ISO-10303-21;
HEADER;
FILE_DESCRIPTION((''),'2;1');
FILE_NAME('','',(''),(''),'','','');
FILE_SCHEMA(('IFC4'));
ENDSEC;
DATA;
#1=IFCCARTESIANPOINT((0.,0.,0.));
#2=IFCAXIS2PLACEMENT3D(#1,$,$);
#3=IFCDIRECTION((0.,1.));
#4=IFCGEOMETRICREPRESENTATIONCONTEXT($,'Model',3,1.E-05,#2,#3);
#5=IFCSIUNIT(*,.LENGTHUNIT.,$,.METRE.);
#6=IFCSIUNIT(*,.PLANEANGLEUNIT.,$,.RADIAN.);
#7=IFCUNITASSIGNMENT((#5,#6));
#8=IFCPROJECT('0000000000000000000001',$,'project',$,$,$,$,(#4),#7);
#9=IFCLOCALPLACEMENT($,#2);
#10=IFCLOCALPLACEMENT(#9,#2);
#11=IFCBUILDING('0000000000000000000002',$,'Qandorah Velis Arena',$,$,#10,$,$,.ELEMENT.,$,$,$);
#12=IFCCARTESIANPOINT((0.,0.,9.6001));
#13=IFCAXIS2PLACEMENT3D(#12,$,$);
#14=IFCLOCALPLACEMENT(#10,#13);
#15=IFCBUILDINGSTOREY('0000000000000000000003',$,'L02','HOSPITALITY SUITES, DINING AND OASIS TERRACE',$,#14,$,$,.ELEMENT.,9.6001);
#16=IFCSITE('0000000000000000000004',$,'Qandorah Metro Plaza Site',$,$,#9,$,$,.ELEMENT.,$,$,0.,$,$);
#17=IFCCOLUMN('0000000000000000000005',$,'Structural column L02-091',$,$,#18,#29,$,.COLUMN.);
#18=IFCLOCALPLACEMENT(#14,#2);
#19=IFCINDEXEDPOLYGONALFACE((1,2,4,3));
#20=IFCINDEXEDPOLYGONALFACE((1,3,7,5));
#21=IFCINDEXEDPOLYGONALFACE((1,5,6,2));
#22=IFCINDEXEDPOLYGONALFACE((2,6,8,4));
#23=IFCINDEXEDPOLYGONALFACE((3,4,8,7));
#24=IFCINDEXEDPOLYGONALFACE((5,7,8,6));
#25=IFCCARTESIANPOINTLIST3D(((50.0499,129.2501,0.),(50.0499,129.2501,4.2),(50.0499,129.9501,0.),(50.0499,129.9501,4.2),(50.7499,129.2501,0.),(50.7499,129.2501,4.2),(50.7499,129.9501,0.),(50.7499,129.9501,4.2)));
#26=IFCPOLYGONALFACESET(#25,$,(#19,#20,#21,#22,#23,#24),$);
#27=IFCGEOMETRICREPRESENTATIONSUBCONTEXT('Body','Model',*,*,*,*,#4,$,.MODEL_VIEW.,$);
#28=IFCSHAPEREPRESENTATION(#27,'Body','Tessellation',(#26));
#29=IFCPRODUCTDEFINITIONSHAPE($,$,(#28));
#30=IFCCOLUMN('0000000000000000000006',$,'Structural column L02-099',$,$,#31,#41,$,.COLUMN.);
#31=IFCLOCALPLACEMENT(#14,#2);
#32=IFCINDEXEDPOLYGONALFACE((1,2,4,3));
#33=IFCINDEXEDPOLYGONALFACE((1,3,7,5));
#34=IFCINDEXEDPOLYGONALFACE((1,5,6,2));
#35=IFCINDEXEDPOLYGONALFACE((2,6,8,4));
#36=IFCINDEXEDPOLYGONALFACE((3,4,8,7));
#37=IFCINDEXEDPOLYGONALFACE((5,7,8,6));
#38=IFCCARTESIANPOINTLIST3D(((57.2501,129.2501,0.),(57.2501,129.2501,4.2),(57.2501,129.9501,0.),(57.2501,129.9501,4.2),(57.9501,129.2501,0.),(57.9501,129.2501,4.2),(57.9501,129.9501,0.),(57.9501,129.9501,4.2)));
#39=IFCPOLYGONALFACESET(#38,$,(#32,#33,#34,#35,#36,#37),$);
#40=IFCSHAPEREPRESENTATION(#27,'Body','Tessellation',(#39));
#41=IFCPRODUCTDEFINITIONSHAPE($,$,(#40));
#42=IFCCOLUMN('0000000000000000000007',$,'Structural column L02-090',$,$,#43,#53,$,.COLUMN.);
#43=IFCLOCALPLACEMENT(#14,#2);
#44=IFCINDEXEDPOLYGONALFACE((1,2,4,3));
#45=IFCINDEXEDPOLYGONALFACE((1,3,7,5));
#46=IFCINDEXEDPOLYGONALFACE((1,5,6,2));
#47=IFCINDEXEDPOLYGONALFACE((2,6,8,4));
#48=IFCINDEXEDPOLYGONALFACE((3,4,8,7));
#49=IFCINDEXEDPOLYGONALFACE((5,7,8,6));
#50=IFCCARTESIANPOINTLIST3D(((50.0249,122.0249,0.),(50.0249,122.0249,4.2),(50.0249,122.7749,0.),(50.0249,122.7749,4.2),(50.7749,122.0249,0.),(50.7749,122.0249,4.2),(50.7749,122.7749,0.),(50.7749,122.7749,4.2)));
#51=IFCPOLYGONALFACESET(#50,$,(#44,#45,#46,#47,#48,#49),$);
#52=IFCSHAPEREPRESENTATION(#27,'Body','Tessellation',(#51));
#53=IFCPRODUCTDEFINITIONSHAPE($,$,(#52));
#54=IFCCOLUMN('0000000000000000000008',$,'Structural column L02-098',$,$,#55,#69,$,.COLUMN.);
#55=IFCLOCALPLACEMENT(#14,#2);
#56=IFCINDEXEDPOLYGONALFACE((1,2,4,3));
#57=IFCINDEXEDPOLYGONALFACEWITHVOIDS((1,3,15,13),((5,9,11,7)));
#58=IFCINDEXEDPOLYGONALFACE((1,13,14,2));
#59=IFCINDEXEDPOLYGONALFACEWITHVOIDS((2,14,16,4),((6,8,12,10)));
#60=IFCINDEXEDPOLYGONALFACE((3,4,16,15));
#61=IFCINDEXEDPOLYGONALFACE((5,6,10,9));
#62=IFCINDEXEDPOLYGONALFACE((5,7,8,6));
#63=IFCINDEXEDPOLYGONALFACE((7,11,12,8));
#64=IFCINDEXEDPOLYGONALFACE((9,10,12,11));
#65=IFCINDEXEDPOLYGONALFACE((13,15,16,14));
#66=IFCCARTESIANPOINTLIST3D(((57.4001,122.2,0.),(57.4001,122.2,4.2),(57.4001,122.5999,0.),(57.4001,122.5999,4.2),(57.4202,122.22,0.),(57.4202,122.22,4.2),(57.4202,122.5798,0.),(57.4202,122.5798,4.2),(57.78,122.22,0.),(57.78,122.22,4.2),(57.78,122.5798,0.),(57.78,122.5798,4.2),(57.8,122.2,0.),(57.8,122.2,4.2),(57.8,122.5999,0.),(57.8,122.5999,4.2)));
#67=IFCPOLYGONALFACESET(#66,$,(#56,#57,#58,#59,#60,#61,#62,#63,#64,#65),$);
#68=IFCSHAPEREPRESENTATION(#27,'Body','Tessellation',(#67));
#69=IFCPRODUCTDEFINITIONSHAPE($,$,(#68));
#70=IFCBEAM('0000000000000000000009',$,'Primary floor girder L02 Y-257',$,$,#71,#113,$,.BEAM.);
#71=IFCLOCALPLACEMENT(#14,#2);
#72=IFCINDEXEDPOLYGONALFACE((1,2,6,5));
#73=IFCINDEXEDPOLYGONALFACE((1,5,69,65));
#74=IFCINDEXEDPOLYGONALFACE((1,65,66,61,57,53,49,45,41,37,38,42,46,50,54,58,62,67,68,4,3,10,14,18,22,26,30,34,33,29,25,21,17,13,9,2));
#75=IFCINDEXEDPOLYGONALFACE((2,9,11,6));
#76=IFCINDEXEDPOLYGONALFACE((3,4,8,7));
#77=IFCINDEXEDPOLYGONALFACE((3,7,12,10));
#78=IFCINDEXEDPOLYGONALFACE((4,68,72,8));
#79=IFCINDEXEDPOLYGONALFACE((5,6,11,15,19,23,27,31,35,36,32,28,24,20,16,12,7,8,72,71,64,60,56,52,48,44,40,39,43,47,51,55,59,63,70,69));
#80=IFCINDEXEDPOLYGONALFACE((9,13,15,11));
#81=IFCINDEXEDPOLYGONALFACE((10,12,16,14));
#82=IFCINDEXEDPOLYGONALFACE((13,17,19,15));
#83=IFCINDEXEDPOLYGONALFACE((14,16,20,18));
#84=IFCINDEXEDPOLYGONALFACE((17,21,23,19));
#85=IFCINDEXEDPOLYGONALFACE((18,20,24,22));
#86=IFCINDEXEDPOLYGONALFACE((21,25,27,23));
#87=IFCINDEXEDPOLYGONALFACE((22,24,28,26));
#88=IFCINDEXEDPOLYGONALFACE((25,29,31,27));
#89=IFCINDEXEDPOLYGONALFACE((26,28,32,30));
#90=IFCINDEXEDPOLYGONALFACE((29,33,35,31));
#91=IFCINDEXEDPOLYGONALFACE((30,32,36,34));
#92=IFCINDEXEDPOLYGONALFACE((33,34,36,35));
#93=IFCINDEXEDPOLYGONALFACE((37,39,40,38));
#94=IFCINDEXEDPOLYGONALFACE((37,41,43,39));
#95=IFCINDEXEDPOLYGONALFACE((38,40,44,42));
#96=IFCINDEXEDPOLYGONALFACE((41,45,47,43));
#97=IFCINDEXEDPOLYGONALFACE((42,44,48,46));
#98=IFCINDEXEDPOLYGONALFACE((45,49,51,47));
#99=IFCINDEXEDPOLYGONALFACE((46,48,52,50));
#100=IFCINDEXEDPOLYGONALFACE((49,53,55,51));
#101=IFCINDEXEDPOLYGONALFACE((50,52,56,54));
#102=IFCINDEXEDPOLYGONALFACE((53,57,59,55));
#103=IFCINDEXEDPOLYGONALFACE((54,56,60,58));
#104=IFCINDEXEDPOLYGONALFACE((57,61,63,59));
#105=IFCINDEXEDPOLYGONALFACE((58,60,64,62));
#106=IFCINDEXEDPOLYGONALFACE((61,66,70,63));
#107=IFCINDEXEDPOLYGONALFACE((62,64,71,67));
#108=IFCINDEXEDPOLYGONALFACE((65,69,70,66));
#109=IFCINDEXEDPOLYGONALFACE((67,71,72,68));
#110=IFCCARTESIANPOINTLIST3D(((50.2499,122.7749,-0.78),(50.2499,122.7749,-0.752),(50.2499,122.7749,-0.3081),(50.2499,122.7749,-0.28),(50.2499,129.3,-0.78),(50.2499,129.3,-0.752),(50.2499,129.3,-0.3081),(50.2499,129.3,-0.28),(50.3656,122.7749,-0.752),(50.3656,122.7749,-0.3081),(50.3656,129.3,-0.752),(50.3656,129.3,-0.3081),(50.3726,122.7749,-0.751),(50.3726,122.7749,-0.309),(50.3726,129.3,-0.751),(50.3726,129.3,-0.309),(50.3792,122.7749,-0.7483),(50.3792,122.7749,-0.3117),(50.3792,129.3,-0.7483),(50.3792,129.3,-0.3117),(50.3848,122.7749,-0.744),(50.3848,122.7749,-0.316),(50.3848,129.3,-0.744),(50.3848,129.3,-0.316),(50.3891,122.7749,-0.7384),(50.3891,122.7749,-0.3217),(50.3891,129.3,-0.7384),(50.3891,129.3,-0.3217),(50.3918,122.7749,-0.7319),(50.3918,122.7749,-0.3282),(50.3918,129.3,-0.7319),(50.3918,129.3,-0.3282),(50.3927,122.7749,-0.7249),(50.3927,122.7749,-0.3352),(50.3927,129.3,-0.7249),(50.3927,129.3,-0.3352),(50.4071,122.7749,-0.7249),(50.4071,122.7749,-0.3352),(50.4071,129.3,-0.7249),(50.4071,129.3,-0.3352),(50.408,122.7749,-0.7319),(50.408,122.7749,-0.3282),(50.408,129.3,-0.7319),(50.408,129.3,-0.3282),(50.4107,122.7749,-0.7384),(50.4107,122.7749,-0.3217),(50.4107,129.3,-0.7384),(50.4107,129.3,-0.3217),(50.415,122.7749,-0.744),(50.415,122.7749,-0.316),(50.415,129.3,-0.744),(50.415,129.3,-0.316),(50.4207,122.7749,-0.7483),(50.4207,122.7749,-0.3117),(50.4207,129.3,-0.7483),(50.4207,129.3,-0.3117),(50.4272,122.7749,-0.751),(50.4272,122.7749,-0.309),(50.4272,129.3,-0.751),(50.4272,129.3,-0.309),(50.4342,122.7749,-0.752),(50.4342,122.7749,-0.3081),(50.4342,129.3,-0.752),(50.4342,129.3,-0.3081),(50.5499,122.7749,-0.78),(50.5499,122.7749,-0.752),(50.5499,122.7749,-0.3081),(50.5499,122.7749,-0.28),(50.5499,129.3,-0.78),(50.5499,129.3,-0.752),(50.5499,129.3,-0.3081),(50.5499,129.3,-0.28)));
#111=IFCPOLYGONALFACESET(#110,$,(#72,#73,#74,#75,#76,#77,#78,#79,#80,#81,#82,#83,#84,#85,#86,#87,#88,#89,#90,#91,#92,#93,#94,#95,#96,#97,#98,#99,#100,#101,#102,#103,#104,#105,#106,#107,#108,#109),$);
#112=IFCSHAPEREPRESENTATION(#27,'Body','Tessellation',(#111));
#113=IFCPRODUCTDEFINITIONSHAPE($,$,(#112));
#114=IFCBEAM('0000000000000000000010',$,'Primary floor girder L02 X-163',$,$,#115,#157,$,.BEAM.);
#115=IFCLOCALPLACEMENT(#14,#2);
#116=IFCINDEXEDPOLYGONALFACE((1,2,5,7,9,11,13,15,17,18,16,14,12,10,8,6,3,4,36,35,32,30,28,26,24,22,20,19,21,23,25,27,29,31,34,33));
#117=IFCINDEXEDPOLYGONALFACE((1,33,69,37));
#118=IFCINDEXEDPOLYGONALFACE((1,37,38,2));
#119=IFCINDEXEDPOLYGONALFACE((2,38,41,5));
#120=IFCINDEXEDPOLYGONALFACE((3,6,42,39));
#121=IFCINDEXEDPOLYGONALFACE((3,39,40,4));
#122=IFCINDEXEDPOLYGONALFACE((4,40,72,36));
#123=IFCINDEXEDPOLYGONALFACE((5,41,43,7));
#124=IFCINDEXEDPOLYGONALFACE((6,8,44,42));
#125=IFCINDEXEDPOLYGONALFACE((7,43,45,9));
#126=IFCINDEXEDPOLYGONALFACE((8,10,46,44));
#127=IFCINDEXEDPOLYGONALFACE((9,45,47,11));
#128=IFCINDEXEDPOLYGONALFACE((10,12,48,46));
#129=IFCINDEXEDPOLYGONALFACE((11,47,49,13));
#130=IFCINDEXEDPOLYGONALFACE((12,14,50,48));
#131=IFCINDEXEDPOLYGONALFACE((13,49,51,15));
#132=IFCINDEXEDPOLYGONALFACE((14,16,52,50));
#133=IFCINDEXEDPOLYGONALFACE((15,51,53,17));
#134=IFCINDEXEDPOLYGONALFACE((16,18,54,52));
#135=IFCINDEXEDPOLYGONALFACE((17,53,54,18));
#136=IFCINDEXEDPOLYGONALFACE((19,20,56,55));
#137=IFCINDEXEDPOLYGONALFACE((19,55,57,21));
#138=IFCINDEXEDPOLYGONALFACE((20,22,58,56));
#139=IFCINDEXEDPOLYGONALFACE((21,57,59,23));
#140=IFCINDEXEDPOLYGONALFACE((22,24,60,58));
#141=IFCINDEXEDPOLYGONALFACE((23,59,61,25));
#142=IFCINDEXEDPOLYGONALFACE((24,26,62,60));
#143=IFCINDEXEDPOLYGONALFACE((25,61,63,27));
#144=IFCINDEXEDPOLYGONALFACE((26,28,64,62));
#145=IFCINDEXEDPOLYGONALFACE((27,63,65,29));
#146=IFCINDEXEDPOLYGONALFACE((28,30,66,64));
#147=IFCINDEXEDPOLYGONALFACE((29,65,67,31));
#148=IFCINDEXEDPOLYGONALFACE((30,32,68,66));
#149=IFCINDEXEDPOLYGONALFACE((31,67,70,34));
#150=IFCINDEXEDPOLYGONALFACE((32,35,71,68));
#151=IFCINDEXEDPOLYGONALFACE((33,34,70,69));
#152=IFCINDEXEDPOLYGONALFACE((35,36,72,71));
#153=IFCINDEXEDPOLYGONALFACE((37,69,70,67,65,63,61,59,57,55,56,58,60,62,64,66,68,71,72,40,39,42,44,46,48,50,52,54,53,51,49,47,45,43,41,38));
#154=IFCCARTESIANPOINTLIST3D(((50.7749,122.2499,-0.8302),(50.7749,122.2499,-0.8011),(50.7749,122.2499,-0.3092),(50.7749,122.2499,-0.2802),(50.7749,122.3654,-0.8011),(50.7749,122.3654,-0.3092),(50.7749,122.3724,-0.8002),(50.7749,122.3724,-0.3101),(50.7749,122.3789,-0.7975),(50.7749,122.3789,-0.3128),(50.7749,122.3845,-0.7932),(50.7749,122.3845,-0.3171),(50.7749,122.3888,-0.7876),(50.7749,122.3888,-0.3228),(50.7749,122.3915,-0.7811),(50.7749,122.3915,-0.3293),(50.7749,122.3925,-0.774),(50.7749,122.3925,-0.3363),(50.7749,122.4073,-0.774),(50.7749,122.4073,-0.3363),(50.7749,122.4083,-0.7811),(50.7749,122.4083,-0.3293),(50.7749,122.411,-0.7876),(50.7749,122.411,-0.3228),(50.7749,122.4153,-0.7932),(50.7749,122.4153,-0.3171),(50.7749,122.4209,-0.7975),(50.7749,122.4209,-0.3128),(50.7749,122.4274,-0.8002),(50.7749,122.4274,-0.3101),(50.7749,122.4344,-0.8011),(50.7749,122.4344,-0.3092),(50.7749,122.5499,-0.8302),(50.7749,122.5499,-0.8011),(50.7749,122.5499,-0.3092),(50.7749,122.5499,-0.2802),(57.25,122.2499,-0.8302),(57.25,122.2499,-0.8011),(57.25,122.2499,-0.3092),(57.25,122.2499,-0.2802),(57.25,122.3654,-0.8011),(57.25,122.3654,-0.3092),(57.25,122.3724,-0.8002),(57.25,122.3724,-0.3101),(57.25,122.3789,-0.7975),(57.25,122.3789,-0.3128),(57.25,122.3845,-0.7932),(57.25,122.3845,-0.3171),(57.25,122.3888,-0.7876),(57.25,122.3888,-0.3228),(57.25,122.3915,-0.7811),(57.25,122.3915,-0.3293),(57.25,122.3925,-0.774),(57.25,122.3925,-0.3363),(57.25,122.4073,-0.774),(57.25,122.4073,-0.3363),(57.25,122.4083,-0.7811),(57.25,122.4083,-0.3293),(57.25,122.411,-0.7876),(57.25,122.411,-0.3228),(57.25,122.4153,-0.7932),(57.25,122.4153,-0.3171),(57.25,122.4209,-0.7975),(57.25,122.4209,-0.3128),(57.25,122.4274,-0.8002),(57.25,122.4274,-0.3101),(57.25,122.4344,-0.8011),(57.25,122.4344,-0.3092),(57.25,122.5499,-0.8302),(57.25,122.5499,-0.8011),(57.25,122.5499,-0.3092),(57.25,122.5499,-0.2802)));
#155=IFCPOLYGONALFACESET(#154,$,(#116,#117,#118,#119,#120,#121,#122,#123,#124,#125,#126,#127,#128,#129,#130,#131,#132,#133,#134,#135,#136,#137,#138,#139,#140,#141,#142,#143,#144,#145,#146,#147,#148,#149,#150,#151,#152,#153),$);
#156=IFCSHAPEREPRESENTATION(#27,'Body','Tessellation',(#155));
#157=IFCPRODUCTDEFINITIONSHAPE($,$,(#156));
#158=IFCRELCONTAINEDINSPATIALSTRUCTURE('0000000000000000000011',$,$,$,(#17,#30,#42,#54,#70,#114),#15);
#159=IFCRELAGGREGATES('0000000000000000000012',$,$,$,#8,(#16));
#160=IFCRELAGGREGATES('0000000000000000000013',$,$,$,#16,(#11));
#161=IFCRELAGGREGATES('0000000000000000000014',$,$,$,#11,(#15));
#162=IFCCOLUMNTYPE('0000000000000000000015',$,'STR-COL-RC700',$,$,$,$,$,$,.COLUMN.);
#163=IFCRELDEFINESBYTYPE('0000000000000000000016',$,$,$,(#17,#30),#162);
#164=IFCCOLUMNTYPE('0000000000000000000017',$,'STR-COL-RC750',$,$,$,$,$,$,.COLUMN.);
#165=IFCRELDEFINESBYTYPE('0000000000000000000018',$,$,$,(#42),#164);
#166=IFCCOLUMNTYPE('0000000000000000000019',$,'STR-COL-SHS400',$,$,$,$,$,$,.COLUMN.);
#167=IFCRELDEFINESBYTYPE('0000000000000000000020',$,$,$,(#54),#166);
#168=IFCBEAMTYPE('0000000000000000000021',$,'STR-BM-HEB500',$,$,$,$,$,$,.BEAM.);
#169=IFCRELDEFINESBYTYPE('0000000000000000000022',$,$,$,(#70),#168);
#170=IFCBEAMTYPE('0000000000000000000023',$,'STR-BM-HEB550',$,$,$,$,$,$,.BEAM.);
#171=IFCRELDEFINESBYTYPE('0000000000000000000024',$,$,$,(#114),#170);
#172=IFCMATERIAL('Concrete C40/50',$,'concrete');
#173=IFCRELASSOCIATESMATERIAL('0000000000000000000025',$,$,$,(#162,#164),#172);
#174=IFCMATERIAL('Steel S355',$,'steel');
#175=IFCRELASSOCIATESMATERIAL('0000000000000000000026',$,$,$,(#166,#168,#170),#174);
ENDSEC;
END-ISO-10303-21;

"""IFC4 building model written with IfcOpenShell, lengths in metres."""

from ifc_helpers import new_model, si_unit, direction, frame, origin, origin_2d, place, context, subcontext, project, spatial, rectangle, hollow_rectangle, i_section, extrude, material, material_profile, profile_set, type_object, element, save


model = new_model("IFC4")

# Units and contexts
model_context = context("Model", 3, precision=1e-05, world=origin(), true_north=direction((0.0, 1.0)))
body_context = subcontext(model_context, "Body", "Model", "MODEL_VIEW")
ifc_project = project(units=[si_unit("LENGTHUNIT", "METRE"), si_unit("PLANEANGLEUNIT", "RADIAN")], contexts=[model_context])

# Site, building, storey
site_placement = place(None, origin())
site = spatial("IfcSite", under=ifc_project, at=site_placement, Name="Qandorah Metro Plaza Site", CompositionType="ELEMENT", RefElevation=0.0)
building_placement = place(site_placement, origin())
building = spatial("IfcBuilding", under=site, at=building_placement, Name="Qandorah Velis Arena", CompositionType="ELEMENT")
storey_placement = place(building_placement, frame((0.0, 0.0, 9.6001)))
storey = spatial("IfcBuildingStorey", under=building, at=storey_placement, Name="L02", Description="HOSPITALITY SUITES, DINING AND OASIS TERRACE", CompositionType="ELEMENT", Elevation=9.6001)

# Columns
ifc_material_1 = material(Name="Concrete C40/50", Category="concrete")
ifc_material_profile_1 = material_profile(ifc_material_1, rectangle(XDim=0.7, YDim=0.7, at=origin_2d()), Name="RC COL 700x700")
ifc_profile_set_1 = profile_set([ifc_material_profile_1], Name="Concrete C40/50")
column_type_1 = type_object("IfcColumnType", Name="STR-COL-RC700", PredefinedType="COLUMN", material=ifc_profile_set_1)
for number, where, z_axis, x_axis, name in (
    (1, (50.3999, 129.6001, 0.0), (0.0, 0.0, 1.0), (1.0, 0.0, 0.0), "Structural column L02-091"),
    (2, (57.6001, 129.6001, 0.0), (0.0, 0.0, 1.0), (1.0, 0.0, 0.0), "Structural column L02-099"),
):
    element("IfcColumn", number, at=place(storey_placement, frame(where, z_axis=z_axis, x_axis=x_axis)), inside=storey, type_object=column_type_1, Name=name, PredefinedType="COLUMN", context=body_context, shape_type="SweptSolid", body=[
        extrude(rectangle(XDim=0.7, YDim=0.7, at=origin_2d()), origin(), (0.0, 0.0, 1.0), 4.2),
    ])
ifc_material_profile_2 = material_profile(ifc_material_1, rectangle(XDim=0.75, YDim=0.75, at=origin_2d()), Name="RC COL 750x750")
ifc_profile_set_2 = profile_set([ifc_material_profile_2], Name="Concrete C40/50")
column_type_2 = type_object("IfcColumnType", Name="STR-COL-RC750", PredefinedType="COLUMN", material=ifc_profile_set_2)
column_1_placement = place(storey_placement, frame((50.3999, 122.3999, 0.0), z_axis=(0.0, 0.0, 1.0), x_axis=(1.0, 0.0, 0.0)))
element("IfcColumn", 3, at=column_1_placement, inside=storey, type_object=column_type_2, Name="Structural column L02-090", PredefinedType="COLUMN", context=body_context, shape_type="SweptSolid", body=[
    extrude(rectangle(XDim=0.75, YDim=0.75, at=origin_2d()), origin(), (0.0, 0.0, 1.0), 4.2),
])
ifc_material_2 = material(Name="Steel S355", Category="steel")
ifc_material_profile_3 = material_profile(ifc_material_2, hollow_rectangle(XDim=0.3999, YDim=0.3999, WallThickness=0.02, at=origin_2d()), Name="SHS 400x400x20")
ifc_profile_set_3 = profile_set([ifc_material_profile_3], Name="Steel S355")
column_type_3 = type_object("IfcColumnType", Name="STR-COL-SHS400", PredefinedType="COLUMN", material=ifc_profile_set_3)
column_2_placement = place(storey_placement, frame((57.6001, 122.3999, 0.0), z_axis=(0.0, 0.0, 1.0), x_axis=(1.0, 0.0, 0.0)))
element("IfcColumn", 4, at=column_2_placement, inside=storey, type_object=column_type_3, Name="Structural column L02-098", PredefinedType="COLUMN", context=body_context, shape_type="SweptSolid", body=[
    extrude(hollow_rectangle(XDim=0.3999, YDim=0.3999, WallThickness=0.02, at=origin_2d()), origin(), (0.0, 0.0, 1.0), 4.2),
])

# Beams
ifc_material_profile_4 = material_profile(ifc_material_2, i_section(OverallWidth=0.3, OverallDepth=0.5, WebThickness=0.0144, FlangeThickness=0.0281, FilletRadius=0.0271, at=origin_2d()), Name="HEB 500")
ifc_profile_set_4 = profile_set([ifc_material_profile_4], Name="Steel S355")
beam_type_1 = type_object("IfcBeamType", Name="STR-BM-HEB500", PredefinedType="BEAM", material=ifc_profile_set_4)
beam_1_placement = place(storey_placement, frame((50.3999, 122.7749, -0.53), z_axis=(0.0, 1.0, 0.0), x_axis=(-1.0, 0.0, 0.0)))
element("IfcBeam", 5, at=beam_1_placement, inside=storey, type_object=beam_type_1, Name="Primary floor girder L02 Y-257", PredefinedType="BEAM", context=body_context, shape_type="SweptSolid", body=[
    extrude(i_section(OverallWidth=0.3, OverallDepth=0.5, WebThickness=0.0144, FlangeThickness=0.0281, FilletRadius=0.0271, at=origin_2d()), origin(), (0.0, 0.0, 1.0), 6.5251),
])
ifc_material_profile_5 = material_profile(ifc_material_2, i_section(OverallWidth=0.3, OverallDepth=0.55, WebThickness=0.0149, FlangeThickness=0.0291, FilletRadius=0.0271, at=origin_2d()), Name="HEB 550")
ifc_profile_set_5 = profile_set([ifc_material_profile_5], Name="Steel S355")
beam_type_2 = type_object("IfcBeamType", Name="STR-BM-HEB550", PredefinedType="BEAM", material=ifc_profile_set_5)
beam_2_placement = place(storey_placement, frame((50.7749, 122.3999, -0.5552), z_axis=(1.0, 0.0, 0.0), x_axis=(0.0, 1.0, 0.0)))
element("IfcBeam", 6, at=beam_2_placement, inside=storey, type_object=beam_type_2, Name="Primary floor girder L02 X-163", PredefinedType="BEAM", context=body_context, shape_type="SweptSolid", body=[
    extrude(i_section(OverallWidth=0.3, OverallDepth=0.55, WebThickness=0.0149, FlangeThickness=0.0291, FilletRadius=0.0271, at=origin_2d()), origin(), (0.0, 0.0, 1.0), 6.4751),
])

save(model, "model.ifc")
